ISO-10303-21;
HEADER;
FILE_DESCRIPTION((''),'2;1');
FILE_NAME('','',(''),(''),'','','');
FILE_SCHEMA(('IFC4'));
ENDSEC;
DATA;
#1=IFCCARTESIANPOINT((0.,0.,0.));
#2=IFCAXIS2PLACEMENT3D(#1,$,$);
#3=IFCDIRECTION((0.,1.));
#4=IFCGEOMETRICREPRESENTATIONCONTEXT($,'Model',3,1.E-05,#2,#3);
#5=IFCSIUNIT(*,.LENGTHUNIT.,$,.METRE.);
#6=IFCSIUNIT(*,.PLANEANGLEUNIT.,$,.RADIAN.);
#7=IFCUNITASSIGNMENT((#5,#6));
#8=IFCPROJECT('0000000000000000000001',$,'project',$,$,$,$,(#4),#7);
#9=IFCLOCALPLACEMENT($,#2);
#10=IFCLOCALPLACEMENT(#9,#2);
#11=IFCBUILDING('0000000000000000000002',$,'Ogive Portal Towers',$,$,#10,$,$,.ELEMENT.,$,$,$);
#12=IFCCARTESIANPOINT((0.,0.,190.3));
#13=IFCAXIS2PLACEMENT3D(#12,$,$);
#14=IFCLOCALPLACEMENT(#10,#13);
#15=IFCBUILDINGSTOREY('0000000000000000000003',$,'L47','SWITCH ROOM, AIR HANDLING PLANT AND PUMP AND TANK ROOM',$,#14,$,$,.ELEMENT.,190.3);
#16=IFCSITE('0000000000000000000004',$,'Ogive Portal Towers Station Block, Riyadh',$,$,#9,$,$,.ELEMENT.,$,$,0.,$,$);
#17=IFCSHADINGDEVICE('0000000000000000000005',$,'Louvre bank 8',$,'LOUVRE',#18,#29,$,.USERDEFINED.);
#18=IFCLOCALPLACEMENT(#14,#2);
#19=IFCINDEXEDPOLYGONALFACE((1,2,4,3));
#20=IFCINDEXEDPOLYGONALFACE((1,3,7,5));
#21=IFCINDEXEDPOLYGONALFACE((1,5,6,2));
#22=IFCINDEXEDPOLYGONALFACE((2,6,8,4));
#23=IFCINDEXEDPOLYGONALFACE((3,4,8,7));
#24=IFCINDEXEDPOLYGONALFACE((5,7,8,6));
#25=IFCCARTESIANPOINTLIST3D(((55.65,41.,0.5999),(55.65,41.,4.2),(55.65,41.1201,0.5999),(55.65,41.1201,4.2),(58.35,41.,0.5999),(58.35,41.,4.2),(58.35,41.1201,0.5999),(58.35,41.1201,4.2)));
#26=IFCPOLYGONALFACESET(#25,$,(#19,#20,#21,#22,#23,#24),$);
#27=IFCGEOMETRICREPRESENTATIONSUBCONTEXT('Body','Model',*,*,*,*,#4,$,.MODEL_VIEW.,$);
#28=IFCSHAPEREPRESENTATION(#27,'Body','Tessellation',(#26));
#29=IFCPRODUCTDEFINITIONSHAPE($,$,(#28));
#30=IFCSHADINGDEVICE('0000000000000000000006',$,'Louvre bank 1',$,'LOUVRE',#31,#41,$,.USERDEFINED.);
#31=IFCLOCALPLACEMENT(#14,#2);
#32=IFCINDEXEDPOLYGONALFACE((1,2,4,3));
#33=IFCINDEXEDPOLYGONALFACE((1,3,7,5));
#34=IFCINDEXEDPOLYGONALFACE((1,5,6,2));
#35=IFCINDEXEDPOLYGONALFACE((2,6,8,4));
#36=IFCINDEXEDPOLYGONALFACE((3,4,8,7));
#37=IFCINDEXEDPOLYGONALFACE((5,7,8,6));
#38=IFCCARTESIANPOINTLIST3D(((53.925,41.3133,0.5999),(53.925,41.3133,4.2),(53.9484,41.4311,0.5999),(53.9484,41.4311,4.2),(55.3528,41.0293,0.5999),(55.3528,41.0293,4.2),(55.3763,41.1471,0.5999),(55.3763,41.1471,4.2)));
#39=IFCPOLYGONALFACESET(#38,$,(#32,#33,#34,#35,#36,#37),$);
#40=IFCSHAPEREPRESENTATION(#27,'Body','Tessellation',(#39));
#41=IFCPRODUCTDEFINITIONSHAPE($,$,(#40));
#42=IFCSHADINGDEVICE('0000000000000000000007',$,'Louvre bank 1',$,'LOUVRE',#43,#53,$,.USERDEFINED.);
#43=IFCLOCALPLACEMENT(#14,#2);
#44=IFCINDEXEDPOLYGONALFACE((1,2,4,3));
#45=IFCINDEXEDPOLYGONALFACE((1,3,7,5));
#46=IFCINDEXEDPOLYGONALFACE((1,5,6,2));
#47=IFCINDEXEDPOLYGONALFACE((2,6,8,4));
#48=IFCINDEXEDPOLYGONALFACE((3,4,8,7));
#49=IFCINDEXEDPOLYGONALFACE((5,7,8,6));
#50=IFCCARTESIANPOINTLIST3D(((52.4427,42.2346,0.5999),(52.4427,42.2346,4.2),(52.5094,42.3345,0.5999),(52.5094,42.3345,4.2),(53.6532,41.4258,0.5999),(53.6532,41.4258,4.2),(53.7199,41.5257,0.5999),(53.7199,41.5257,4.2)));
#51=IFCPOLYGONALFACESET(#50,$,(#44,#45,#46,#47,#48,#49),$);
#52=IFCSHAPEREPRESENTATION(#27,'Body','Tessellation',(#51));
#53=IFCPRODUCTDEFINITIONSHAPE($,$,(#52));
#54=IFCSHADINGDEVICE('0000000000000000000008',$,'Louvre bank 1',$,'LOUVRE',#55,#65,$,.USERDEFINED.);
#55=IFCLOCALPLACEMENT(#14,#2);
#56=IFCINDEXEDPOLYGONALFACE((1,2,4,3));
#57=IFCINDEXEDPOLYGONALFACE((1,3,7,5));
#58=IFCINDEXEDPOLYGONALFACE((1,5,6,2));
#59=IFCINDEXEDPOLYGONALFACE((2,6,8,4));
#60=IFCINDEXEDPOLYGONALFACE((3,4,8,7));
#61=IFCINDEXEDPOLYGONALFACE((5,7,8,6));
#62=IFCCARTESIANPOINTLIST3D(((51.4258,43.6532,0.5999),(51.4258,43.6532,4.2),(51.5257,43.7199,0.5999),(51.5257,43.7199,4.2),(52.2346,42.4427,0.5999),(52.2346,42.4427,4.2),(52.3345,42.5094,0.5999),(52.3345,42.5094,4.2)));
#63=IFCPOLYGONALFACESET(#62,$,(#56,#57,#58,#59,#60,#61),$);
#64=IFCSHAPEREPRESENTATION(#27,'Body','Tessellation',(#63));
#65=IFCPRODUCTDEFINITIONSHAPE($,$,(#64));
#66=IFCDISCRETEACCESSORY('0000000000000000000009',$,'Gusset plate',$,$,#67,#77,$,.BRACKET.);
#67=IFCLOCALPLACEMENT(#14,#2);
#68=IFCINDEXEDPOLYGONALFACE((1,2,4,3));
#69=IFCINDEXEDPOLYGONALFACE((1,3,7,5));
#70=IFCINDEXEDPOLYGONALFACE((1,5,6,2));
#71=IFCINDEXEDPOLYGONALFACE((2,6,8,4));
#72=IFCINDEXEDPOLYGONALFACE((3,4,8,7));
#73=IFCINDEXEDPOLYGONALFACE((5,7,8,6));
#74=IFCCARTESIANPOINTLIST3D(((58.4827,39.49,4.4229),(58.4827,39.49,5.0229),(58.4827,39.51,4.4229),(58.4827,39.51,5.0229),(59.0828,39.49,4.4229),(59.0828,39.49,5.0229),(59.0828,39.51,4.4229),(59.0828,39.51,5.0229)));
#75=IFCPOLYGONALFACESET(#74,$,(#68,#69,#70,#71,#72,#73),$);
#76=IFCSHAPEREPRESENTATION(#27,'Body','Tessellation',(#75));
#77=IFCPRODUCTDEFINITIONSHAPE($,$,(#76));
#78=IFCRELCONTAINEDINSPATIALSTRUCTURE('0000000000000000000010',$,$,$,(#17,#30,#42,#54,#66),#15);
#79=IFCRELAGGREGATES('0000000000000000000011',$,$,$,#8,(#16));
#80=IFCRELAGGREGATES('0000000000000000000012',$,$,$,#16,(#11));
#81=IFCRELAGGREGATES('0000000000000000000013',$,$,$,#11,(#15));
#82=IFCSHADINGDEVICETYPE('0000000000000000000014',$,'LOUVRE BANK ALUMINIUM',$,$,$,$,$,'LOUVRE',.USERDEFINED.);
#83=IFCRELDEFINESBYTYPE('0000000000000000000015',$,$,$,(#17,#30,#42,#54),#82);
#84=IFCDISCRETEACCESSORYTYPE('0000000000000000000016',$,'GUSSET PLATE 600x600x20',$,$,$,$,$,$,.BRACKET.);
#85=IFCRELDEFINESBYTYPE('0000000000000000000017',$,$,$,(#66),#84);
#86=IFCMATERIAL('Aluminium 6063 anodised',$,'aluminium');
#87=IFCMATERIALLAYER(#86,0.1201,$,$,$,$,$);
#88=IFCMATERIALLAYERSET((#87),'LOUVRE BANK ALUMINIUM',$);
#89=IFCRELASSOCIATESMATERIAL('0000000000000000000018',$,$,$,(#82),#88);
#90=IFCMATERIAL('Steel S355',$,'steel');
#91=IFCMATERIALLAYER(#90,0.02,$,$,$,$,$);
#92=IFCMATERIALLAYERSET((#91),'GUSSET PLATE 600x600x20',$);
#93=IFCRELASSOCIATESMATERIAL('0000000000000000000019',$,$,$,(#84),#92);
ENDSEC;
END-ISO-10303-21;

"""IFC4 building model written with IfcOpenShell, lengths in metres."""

from ifc_helpers import new_model, si_unit, direction, frame, origin, origin_2d, place, context, subcontext, project, spatial, rectangle, extrude, material, layer, layer_set, type_object, element, save


model = new_model("IFC4")

# Units and contexts
model_context = context("Model", 3, precision=1e-05, world=origin(), true_north=direction((0.0, 1.0)))
body_context = subcontext(model_context, "Body", "Model", "MODEL_VIEW")
ifc_project = project(units=[si_unit("LENGTHUNIT", "METRE"), si_unit("PLANEANGLEUNIT", "RADIAN")], contexts=[model_context])

# Site, building, storey
site_placement = place(None, origin())
site = spatial("IfcSite", under=ifc_project, at=site_placement, Name="Ogive Portal Towers Station Block, Riyadh", CompositionType="ELEMENT", RefElevation=0.0)
building_placement = place(site_placement, origin())
building = spatial("IfcBuilding", under=site, at=building_placement, Name="Ogive Portal Towers", CompositionType="ELEMENT")
storey_placement = place(building_placement, frame((0.0, 0.0, 190.3)))
storey = spatial("IfcBuildingStorey", under=building, at=storey_placement, Name="L47", Description="SWITCH ROOM, AIR HANDLING PLANT AND PUMP AND TANK ROOM", CompositionType="ELEMENT", Elevation=190.3)

# Shading devices
ifc_material_1 = material(Name="Aluminium 6063 anodised", Category="aluminium")
ifc_layer_1 = layer(ifc_material_1, 0.1201)
ifc_layer_set_1 = layer_set([ifc_layer_1], Name="LOUVRE BANK ALUMINIUM")
shading_device_type = type_object("IfcShadingDeviceType", Name="LOUVRE BANK ALUMINIUM", ElementType="LOUVRE", PredefinedType="USERDEFINED", material=ifc_layer_set_1)
shading_device_1_placement = place(storey_placement, frame((57.0, 41.0601, 0.5999), z_axis=(0.0, 0.0, 1.0), x_axis=(-1.0, 0.0, 0.0)))
element("IfcShadingDevice", 1, at=shading_device_1_placement, inside=storey, type_object=shading_device_type, Name="Louvre bank 8", ObjectType="LOUVRE", PredefinedType="USERDEFINED", context=body_context, shape_type="SweptSolid", body=[
    extrude(rectangle(XDim=2.7, YDim=0.1201, at=origin_2d()), origin(), (0.0, 0.0, 1.0), 3.6001),
])
for number, where, z_axis, x_axis, name in (
    (2, (54.6506, 41.2302, 0.5999), (0.0, 0.0, 1.0), (-0.980785, 0.19509, 0.0), "Louvre bank 1"),
    (3, (53.0813, 41.8801, 0.5999), (0.0, 0.0, 1.0), (-0.83147, 0.55557, 0.0), "Louvre bank 1"),
    (4, (51.8801, 43.0813, 0.5999), (0.0, 0.0, 1.0), (-0.55557, 0.83147, 0.0), "Louvre bank 1"),
):
    element("IfcShadingDevice", number, at=place(storey_placement, frame(where, z_axis=z_axis, x_axis=x_axis)), inside=storey, type_object=shading_device_type, Name=name, ObjectType="LOUVRE", PredefinedType="USERDEFINED", context=body_context, shape_type="SweptSolid", body=[
        extrude(rectangle(XDim=1.4558, YDim=0.1201, at=origin_2d()), origin(), (0.0, 0.0, 1.0), 3.6001),
    ])

# Discrete accessory
ifc_material_2 = material(Name="Steel S355", Category="steel")
ifc_layer_2 = layer(ifc_material_2, 0.02)
ifc_layer_set_2 = layer_set([ifc_layer_2], Name="GUSSET PLATE 600x600x20")
discrete_accessory_type = type_object("IfcDiscreteAccessoryType", Name="GUSSET PLATE 600x600x20", PredefinedType="BRACKET", material=ifc_layer_set_2)
discrete_accessory_placement = place(storey_placement, frame((58.7827, 39.5, 4.4229), z_axis=(0.0, 0.0, 1.0), x_axis=(-1.0, 0.0, 0.0)))
element("IfcDiscreteAccessory", 5, at=discrete_accessory_placement, inside=storey, type_object=discrete_accessory_type, Name="Gusset plate", PredefinedType="BRACKET", context=body_context, shape_type="SweptSolid", body=[
    extrude(rectangle(XDim=0.6001, YDim=0.02, at=origin_2d()), origin(), (0.0, 0.0, 1.0), 0.6001),
])

save(model, "model.ifc")
